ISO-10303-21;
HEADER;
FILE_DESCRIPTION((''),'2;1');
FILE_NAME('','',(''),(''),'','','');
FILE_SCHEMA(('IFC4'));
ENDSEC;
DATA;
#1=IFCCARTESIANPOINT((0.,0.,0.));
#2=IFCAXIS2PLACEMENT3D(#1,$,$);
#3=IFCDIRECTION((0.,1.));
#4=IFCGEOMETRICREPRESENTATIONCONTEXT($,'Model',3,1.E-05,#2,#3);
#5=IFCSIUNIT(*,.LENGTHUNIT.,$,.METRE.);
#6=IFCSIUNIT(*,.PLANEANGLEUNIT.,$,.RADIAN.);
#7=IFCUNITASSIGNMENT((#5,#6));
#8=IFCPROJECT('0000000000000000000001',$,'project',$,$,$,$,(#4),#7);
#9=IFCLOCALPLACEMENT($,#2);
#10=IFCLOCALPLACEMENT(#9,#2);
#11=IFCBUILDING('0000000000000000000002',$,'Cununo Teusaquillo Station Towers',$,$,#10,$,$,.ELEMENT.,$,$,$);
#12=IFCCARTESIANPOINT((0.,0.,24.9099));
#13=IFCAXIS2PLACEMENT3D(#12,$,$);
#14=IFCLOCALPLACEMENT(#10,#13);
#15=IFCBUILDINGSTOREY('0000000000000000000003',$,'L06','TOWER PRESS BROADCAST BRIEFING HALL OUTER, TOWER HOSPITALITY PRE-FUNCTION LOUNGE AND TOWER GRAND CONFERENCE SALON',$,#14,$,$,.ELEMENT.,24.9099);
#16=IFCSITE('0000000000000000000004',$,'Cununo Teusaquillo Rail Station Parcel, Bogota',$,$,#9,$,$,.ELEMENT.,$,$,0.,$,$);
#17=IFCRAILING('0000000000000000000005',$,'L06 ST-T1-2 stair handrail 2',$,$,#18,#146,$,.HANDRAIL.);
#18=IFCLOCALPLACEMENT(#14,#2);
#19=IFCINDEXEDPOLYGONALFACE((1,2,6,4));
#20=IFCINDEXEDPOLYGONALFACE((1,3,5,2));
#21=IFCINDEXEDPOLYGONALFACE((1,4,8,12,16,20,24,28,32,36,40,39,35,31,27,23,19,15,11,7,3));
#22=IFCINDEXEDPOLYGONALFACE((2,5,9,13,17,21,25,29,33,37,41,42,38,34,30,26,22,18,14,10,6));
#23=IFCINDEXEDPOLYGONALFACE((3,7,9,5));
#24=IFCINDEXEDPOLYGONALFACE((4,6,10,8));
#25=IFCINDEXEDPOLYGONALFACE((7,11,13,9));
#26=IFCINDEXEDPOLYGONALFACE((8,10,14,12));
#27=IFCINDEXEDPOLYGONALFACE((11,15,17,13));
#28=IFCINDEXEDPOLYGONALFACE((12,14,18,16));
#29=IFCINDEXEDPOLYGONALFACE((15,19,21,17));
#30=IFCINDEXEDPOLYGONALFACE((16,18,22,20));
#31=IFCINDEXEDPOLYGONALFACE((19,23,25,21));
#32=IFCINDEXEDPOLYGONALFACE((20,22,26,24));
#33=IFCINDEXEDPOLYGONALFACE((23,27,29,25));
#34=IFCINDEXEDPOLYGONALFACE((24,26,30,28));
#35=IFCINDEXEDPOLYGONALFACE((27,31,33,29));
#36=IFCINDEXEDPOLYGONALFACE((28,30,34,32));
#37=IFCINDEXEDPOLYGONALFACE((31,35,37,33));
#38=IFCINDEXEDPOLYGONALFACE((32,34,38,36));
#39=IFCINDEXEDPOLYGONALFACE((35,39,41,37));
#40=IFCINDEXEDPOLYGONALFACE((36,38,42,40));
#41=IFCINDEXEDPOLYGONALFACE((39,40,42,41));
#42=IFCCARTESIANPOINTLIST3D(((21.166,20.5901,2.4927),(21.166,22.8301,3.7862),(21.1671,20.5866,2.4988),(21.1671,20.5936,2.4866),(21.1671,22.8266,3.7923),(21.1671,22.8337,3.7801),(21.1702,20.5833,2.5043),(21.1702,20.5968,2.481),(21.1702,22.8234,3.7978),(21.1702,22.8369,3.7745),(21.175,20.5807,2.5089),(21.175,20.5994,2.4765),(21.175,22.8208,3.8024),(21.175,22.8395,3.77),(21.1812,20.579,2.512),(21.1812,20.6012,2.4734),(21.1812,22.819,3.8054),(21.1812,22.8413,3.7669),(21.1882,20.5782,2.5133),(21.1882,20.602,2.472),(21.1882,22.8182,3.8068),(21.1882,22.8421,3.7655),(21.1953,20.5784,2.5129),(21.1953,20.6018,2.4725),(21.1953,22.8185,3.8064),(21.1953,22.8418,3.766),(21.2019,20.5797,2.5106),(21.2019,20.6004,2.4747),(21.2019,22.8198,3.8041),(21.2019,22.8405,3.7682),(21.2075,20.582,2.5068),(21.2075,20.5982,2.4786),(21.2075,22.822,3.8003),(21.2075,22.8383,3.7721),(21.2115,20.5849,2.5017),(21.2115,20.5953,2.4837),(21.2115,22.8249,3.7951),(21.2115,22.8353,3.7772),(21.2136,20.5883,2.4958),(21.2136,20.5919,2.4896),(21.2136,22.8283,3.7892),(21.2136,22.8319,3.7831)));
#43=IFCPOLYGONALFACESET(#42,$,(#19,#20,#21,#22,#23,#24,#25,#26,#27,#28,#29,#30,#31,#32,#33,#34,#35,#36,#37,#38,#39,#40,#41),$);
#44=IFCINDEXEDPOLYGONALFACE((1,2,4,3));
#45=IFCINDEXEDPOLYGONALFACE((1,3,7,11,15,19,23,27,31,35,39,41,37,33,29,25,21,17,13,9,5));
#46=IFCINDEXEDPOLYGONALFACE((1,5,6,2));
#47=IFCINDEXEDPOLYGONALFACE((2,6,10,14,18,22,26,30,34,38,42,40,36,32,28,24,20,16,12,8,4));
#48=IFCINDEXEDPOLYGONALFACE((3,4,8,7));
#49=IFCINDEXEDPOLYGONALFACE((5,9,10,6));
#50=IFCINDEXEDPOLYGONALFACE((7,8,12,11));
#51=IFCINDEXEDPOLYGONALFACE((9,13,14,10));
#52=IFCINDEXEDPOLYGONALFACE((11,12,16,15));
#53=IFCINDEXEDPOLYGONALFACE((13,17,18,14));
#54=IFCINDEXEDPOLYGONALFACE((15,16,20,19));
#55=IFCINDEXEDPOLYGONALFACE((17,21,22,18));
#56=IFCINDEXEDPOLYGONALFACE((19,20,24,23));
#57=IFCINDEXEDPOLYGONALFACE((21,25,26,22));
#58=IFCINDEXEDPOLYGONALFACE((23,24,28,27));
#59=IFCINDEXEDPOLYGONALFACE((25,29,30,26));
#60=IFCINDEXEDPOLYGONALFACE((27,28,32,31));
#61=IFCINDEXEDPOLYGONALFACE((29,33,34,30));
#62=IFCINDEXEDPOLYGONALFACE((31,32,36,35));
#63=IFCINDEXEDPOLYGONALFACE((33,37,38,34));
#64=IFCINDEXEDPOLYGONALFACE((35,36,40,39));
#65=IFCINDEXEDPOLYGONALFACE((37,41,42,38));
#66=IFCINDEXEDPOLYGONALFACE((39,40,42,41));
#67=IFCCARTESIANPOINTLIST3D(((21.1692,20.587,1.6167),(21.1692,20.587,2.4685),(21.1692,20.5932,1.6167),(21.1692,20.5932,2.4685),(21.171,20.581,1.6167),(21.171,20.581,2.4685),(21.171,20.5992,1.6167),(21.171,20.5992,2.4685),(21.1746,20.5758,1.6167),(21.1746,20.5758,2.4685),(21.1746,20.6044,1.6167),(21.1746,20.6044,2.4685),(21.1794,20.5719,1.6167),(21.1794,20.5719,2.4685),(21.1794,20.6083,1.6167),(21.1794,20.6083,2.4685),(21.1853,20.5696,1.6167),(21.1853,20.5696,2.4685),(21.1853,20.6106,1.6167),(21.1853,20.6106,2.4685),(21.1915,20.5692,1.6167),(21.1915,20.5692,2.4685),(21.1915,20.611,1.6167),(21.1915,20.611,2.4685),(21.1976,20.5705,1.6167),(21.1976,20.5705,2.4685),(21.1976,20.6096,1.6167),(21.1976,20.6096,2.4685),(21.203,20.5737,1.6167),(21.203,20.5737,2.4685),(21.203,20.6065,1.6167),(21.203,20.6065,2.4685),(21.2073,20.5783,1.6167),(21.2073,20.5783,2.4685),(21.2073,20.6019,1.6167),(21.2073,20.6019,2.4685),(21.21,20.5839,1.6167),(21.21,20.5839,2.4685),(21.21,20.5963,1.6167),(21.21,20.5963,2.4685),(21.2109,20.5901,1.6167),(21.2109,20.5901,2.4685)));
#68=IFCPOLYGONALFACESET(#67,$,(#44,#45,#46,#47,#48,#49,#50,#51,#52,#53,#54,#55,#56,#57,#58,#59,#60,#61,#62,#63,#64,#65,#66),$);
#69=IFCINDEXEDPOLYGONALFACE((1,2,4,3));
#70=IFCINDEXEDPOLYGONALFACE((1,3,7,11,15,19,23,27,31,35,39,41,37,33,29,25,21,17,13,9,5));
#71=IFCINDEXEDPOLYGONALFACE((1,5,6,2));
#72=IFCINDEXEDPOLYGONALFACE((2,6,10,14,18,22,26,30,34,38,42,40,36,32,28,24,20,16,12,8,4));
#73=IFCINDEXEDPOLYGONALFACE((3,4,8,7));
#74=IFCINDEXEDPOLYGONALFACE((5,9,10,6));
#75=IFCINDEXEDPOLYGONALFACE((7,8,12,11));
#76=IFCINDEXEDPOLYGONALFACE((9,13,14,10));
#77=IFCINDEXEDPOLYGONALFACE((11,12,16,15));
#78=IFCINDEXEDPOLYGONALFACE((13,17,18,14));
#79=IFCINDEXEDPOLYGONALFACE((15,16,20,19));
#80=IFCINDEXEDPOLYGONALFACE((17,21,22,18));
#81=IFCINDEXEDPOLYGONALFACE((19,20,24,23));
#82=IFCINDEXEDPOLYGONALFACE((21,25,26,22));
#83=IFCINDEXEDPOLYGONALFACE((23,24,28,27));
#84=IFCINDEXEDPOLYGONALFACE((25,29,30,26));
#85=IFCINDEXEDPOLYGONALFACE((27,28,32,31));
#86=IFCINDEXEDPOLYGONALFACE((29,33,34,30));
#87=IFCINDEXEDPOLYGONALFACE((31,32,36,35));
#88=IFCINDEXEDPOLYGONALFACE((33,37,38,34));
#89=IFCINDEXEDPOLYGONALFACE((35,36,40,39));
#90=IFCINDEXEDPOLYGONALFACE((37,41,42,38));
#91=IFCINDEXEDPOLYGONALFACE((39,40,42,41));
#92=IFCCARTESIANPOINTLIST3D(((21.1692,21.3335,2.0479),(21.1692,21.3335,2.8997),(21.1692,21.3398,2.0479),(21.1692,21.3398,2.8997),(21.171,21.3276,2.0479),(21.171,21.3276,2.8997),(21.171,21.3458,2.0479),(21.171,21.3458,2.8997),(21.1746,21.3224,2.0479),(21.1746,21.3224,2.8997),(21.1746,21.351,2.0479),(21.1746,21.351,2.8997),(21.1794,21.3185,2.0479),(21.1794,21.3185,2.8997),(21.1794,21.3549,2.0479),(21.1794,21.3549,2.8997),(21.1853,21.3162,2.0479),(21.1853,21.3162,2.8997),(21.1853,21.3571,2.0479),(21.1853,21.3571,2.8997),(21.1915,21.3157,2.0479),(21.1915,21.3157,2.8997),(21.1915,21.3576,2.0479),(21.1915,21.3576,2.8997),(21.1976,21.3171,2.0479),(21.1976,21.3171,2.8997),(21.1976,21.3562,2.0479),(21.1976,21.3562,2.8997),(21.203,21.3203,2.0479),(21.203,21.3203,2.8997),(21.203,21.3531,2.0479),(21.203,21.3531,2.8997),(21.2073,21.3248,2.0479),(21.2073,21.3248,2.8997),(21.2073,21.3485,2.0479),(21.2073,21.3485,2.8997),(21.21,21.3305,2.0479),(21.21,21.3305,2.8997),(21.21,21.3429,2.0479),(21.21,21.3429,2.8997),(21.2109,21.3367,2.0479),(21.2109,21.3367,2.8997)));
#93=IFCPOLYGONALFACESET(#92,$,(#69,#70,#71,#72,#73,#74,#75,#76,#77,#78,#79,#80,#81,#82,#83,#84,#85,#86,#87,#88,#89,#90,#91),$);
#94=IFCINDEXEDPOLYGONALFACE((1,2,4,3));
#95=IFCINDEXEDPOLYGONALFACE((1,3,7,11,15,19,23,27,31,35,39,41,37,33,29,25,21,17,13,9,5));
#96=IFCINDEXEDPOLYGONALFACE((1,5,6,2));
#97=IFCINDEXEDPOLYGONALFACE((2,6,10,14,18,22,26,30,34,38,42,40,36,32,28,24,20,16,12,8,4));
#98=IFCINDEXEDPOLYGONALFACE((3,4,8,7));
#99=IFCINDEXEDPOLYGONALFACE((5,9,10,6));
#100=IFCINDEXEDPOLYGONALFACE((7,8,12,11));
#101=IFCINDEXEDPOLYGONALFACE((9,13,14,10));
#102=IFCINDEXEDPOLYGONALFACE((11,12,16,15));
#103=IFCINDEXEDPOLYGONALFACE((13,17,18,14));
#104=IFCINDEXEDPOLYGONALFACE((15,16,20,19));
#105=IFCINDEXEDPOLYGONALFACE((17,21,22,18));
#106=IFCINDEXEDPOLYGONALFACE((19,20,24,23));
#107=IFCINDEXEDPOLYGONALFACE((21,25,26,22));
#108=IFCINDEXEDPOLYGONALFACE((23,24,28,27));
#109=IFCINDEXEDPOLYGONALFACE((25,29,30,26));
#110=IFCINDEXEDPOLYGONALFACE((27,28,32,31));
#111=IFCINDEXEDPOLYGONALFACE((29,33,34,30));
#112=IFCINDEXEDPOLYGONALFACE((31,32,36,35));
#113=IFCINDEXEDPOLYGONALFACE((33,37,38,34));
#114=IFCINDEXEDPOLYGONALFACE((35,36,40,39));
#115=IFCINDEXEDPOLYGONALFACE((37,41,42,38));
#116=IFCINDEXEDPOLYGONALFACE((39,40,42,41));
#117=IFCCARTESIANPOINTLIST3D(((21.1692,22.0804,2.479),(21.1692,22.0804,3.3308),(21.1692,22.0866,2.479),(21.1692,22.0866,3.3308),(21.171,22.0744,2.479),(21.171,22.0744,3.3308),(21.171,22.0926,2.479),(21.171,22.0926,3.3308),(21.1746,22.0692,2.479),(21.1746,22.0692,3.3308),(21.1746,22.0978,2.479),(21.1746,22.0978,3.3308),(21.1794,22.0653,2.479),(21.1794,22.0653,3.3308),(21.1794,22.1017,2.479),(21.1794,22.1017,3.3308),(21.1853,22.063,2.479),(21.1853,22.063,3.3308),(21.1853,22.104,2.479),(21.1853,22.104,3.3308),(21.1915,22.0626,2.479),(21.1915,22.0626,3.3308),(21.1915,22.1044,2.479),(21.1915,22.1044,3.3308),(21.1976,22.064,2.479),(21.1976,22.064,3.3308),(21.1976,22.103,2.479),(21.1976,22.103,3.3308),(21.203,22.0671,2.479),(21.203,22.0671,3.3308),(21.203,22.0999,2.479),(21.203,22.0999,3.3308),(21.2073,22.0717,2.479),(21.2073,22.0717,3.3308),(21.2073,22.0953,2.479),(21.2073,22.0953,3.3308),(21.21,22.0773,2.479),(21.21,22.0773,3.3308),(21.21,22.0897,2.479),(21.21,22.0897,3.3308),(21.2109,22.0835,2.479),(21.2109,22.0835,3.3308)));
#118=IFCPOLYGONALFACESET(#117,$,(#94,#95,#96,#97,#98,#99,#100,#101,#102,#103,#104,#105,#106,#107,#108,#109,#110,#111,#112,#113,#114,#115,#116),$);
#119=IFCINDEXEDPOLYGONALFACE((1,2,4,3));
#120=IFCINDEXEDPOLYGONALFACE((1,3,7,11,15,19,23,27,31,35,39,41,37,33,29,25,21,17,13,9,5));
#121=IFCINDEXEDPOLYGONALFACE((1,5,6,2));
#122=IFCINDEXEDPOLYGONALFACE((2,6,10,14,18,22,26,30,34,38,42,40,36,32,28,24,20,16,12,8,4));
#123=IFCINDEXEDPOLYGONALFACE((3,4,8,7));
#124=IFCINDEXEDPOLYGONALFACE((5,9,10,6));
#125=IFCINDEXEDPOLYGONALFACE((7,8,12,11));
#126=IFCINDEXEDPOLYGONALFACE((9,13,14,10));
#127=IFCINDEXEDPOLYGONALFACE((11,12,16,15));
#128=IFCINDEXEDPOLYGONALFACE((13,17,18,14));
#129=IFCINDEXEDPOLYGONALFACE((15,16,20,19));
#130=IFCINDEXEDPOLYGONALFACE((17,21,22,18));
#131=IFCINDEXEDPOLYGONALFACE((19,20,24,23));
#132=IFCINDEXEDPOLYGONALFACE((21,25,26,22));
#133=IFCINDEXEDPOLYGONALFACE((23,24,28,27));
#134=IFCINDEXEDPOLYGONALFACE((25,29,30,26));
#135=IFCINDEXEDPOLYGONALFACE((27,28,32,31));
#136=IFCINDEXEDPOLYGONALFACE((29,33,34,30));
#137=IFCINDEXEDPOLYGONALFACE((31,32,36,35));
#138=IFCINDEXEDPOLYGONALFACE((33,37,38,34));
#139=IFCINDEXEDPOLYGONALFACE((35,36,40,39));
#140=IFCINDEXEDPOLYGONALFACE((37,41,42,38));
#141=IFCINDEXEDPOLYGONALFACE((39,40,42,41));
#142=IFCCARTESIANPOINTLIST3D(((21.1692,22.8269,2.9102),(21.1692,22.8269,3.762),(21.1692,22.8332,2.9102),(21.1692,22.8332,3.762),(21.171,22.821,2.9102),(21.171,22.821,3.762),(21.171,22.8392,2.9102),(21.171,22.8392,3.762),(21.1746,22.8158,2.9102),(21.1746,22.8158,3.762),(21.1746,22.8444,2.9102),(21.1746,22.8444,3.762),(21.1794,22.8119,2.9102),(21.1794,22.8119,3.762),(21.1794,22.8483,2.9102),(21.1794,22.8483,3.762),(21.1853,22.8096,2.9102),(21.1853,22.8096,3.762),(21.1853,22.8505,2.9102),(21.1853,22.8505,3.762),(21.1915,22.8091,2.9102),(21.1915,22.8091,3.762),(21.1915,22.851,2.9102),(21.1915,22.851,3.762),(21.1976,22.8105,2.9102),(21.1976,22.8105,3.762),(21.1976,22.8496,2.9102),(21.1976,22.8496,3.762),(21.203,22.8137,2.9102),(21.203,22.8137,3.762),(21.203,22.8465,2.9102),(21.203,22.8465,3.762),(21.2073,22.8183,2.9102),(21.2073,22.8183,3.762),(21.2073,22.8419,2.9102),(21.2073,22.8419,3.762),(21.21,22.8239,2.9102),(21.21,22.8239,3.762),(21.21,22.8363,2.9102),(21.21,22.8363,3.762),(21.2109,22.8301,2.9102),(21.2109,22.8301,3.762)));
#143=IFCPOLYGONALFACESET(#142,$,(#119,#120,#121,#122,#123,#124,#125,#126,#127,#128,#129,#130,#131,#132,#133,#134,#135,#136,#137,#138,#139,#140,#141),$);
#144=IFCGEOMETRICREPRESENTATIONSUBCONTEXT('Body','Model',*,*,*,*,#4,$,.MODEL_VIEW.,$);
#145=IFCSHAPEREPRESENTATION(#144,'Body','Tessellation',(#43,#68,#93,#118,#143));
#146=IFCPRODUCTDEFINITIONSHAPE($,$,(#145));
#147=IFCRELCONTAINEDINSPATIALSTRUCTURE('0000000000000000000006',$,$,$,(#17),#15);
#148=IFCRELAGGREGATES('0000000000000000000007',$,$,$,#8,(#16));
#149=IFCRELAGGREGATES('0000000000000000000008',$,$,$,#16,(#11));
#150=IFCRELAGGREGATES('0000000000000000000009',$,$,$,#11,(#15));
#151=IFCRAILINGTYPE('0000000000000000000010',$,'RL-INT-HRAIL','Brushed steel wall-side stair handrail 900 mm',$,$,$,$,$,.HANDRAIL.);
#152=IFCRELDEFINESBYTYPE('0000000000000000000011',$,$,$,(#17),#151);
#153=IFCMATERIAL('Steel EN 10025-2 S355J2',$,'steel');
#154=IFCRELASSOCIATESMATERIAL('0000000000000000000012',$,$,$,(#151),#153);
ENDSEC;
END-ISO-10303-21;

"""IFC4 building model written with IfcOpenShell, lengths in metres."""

from ifc_helpers import new_model, si_unit, direction, frame, origin, origin_2d, place, context, subcontext, project, spatial, circle, extrude, material, type_object, element, save


model = new_model("IFC4")

# Units and contexts
model_context = context("Model", 3, precision=1e-05, world=origin(), true_north=direction((0.0, 1.0)))
body_context = subcontext(model_context, "Body", "Model", "MODEL_VIEW")
ifc_project = project(units=[si_unit("LENGTHUNIT", "METRE"), si_unit("PLANEANGLEUNIT", "RADIAN")], contexts=[model_context])

# Site, building, storey
site_placement = place(None, origin())
site = spatial("IfcSite", under=ifc_project, at=site_placement, Name="Cununo Teusaquillo Rail Station Parcel, Bogota", CompositionType="ELEMENT", RefElevation=0.0)
building_placement = place(site_placement, origin())
building = spatial("IfcBuilding", under=site, at=building_placement, Name="Cununo Teusaquillo Station Towers", CompositionType="ELEMENT")
storey_placement = place(building_placement, frame((0.0, 0.0, 24.9099)))
storey = spatial("IfcBuildingStorey", under=building, at=storey_placement, Name="L06", Description="TOWER PRESS BROADCAST BRIEFING HALL OUTER, TOWER HOSPITALITY PRE-FUNCTION LOUNGE AND TOWER GRAND CONFERENCE SALON", CompositionType="ELEMENT", Elevation=24.9099)

# Railing
ifc_material_1 = material(Name="Steel EN 10025-2 S355J2", Category="steel")
railing_type_1 = type_object("IfcRailingType", Name="RL-INT-HRAIL", Description="Brushed steel wall-side stair handrail 900 mm", PredefinedType="HANDRAIL", material=ifc_material_1)
railing_1_placement = place(storey_placement, frame((21.1899, 20.5901, 1.6167)))
element("IfcRailing", 1, at=railing_1_placement, inside=storey, type_object=railing_type_1, Name="L06 ST-T1-2 stair handrail 2", PredefinedType="HANDRAIL", context=body_context, shape_type="SweptSolid", body=[
    extrude(circle(Radius=0.0239, at=origin_2d()), frame((0.0, 0.0, 0.876), z_axis=(0.0, 0.865992, 0.500057), x_axis=(-1.0, 0.0, 0.0)), (0.0, 0.0, 1.0), 2.5867),
    extrude(circle(Radius=0.021, at=origin_2d()), origin(), (0.0, 0.0, 1.0), 0.8518),
    extrude(circle(Radius=0.021, at=origin_2d()), frame((0.0, 0.7466, 0.4312)), (0.0, 0.0, 1.0), 0.8518),
    extrude(circle(Radius=0.021, at=origin_2d()), frame((0.0, 1.4934, 0.8623)), (0.0, 0.0, 1.0), 0.8518),
    extrude(circle(Radius=0.021, at=origin_2d()), frame((0.0, 2.24, 1.2935)), (0.0, 0.0, 1.0), 0.8518),
])

save(model, "model.ifc")
